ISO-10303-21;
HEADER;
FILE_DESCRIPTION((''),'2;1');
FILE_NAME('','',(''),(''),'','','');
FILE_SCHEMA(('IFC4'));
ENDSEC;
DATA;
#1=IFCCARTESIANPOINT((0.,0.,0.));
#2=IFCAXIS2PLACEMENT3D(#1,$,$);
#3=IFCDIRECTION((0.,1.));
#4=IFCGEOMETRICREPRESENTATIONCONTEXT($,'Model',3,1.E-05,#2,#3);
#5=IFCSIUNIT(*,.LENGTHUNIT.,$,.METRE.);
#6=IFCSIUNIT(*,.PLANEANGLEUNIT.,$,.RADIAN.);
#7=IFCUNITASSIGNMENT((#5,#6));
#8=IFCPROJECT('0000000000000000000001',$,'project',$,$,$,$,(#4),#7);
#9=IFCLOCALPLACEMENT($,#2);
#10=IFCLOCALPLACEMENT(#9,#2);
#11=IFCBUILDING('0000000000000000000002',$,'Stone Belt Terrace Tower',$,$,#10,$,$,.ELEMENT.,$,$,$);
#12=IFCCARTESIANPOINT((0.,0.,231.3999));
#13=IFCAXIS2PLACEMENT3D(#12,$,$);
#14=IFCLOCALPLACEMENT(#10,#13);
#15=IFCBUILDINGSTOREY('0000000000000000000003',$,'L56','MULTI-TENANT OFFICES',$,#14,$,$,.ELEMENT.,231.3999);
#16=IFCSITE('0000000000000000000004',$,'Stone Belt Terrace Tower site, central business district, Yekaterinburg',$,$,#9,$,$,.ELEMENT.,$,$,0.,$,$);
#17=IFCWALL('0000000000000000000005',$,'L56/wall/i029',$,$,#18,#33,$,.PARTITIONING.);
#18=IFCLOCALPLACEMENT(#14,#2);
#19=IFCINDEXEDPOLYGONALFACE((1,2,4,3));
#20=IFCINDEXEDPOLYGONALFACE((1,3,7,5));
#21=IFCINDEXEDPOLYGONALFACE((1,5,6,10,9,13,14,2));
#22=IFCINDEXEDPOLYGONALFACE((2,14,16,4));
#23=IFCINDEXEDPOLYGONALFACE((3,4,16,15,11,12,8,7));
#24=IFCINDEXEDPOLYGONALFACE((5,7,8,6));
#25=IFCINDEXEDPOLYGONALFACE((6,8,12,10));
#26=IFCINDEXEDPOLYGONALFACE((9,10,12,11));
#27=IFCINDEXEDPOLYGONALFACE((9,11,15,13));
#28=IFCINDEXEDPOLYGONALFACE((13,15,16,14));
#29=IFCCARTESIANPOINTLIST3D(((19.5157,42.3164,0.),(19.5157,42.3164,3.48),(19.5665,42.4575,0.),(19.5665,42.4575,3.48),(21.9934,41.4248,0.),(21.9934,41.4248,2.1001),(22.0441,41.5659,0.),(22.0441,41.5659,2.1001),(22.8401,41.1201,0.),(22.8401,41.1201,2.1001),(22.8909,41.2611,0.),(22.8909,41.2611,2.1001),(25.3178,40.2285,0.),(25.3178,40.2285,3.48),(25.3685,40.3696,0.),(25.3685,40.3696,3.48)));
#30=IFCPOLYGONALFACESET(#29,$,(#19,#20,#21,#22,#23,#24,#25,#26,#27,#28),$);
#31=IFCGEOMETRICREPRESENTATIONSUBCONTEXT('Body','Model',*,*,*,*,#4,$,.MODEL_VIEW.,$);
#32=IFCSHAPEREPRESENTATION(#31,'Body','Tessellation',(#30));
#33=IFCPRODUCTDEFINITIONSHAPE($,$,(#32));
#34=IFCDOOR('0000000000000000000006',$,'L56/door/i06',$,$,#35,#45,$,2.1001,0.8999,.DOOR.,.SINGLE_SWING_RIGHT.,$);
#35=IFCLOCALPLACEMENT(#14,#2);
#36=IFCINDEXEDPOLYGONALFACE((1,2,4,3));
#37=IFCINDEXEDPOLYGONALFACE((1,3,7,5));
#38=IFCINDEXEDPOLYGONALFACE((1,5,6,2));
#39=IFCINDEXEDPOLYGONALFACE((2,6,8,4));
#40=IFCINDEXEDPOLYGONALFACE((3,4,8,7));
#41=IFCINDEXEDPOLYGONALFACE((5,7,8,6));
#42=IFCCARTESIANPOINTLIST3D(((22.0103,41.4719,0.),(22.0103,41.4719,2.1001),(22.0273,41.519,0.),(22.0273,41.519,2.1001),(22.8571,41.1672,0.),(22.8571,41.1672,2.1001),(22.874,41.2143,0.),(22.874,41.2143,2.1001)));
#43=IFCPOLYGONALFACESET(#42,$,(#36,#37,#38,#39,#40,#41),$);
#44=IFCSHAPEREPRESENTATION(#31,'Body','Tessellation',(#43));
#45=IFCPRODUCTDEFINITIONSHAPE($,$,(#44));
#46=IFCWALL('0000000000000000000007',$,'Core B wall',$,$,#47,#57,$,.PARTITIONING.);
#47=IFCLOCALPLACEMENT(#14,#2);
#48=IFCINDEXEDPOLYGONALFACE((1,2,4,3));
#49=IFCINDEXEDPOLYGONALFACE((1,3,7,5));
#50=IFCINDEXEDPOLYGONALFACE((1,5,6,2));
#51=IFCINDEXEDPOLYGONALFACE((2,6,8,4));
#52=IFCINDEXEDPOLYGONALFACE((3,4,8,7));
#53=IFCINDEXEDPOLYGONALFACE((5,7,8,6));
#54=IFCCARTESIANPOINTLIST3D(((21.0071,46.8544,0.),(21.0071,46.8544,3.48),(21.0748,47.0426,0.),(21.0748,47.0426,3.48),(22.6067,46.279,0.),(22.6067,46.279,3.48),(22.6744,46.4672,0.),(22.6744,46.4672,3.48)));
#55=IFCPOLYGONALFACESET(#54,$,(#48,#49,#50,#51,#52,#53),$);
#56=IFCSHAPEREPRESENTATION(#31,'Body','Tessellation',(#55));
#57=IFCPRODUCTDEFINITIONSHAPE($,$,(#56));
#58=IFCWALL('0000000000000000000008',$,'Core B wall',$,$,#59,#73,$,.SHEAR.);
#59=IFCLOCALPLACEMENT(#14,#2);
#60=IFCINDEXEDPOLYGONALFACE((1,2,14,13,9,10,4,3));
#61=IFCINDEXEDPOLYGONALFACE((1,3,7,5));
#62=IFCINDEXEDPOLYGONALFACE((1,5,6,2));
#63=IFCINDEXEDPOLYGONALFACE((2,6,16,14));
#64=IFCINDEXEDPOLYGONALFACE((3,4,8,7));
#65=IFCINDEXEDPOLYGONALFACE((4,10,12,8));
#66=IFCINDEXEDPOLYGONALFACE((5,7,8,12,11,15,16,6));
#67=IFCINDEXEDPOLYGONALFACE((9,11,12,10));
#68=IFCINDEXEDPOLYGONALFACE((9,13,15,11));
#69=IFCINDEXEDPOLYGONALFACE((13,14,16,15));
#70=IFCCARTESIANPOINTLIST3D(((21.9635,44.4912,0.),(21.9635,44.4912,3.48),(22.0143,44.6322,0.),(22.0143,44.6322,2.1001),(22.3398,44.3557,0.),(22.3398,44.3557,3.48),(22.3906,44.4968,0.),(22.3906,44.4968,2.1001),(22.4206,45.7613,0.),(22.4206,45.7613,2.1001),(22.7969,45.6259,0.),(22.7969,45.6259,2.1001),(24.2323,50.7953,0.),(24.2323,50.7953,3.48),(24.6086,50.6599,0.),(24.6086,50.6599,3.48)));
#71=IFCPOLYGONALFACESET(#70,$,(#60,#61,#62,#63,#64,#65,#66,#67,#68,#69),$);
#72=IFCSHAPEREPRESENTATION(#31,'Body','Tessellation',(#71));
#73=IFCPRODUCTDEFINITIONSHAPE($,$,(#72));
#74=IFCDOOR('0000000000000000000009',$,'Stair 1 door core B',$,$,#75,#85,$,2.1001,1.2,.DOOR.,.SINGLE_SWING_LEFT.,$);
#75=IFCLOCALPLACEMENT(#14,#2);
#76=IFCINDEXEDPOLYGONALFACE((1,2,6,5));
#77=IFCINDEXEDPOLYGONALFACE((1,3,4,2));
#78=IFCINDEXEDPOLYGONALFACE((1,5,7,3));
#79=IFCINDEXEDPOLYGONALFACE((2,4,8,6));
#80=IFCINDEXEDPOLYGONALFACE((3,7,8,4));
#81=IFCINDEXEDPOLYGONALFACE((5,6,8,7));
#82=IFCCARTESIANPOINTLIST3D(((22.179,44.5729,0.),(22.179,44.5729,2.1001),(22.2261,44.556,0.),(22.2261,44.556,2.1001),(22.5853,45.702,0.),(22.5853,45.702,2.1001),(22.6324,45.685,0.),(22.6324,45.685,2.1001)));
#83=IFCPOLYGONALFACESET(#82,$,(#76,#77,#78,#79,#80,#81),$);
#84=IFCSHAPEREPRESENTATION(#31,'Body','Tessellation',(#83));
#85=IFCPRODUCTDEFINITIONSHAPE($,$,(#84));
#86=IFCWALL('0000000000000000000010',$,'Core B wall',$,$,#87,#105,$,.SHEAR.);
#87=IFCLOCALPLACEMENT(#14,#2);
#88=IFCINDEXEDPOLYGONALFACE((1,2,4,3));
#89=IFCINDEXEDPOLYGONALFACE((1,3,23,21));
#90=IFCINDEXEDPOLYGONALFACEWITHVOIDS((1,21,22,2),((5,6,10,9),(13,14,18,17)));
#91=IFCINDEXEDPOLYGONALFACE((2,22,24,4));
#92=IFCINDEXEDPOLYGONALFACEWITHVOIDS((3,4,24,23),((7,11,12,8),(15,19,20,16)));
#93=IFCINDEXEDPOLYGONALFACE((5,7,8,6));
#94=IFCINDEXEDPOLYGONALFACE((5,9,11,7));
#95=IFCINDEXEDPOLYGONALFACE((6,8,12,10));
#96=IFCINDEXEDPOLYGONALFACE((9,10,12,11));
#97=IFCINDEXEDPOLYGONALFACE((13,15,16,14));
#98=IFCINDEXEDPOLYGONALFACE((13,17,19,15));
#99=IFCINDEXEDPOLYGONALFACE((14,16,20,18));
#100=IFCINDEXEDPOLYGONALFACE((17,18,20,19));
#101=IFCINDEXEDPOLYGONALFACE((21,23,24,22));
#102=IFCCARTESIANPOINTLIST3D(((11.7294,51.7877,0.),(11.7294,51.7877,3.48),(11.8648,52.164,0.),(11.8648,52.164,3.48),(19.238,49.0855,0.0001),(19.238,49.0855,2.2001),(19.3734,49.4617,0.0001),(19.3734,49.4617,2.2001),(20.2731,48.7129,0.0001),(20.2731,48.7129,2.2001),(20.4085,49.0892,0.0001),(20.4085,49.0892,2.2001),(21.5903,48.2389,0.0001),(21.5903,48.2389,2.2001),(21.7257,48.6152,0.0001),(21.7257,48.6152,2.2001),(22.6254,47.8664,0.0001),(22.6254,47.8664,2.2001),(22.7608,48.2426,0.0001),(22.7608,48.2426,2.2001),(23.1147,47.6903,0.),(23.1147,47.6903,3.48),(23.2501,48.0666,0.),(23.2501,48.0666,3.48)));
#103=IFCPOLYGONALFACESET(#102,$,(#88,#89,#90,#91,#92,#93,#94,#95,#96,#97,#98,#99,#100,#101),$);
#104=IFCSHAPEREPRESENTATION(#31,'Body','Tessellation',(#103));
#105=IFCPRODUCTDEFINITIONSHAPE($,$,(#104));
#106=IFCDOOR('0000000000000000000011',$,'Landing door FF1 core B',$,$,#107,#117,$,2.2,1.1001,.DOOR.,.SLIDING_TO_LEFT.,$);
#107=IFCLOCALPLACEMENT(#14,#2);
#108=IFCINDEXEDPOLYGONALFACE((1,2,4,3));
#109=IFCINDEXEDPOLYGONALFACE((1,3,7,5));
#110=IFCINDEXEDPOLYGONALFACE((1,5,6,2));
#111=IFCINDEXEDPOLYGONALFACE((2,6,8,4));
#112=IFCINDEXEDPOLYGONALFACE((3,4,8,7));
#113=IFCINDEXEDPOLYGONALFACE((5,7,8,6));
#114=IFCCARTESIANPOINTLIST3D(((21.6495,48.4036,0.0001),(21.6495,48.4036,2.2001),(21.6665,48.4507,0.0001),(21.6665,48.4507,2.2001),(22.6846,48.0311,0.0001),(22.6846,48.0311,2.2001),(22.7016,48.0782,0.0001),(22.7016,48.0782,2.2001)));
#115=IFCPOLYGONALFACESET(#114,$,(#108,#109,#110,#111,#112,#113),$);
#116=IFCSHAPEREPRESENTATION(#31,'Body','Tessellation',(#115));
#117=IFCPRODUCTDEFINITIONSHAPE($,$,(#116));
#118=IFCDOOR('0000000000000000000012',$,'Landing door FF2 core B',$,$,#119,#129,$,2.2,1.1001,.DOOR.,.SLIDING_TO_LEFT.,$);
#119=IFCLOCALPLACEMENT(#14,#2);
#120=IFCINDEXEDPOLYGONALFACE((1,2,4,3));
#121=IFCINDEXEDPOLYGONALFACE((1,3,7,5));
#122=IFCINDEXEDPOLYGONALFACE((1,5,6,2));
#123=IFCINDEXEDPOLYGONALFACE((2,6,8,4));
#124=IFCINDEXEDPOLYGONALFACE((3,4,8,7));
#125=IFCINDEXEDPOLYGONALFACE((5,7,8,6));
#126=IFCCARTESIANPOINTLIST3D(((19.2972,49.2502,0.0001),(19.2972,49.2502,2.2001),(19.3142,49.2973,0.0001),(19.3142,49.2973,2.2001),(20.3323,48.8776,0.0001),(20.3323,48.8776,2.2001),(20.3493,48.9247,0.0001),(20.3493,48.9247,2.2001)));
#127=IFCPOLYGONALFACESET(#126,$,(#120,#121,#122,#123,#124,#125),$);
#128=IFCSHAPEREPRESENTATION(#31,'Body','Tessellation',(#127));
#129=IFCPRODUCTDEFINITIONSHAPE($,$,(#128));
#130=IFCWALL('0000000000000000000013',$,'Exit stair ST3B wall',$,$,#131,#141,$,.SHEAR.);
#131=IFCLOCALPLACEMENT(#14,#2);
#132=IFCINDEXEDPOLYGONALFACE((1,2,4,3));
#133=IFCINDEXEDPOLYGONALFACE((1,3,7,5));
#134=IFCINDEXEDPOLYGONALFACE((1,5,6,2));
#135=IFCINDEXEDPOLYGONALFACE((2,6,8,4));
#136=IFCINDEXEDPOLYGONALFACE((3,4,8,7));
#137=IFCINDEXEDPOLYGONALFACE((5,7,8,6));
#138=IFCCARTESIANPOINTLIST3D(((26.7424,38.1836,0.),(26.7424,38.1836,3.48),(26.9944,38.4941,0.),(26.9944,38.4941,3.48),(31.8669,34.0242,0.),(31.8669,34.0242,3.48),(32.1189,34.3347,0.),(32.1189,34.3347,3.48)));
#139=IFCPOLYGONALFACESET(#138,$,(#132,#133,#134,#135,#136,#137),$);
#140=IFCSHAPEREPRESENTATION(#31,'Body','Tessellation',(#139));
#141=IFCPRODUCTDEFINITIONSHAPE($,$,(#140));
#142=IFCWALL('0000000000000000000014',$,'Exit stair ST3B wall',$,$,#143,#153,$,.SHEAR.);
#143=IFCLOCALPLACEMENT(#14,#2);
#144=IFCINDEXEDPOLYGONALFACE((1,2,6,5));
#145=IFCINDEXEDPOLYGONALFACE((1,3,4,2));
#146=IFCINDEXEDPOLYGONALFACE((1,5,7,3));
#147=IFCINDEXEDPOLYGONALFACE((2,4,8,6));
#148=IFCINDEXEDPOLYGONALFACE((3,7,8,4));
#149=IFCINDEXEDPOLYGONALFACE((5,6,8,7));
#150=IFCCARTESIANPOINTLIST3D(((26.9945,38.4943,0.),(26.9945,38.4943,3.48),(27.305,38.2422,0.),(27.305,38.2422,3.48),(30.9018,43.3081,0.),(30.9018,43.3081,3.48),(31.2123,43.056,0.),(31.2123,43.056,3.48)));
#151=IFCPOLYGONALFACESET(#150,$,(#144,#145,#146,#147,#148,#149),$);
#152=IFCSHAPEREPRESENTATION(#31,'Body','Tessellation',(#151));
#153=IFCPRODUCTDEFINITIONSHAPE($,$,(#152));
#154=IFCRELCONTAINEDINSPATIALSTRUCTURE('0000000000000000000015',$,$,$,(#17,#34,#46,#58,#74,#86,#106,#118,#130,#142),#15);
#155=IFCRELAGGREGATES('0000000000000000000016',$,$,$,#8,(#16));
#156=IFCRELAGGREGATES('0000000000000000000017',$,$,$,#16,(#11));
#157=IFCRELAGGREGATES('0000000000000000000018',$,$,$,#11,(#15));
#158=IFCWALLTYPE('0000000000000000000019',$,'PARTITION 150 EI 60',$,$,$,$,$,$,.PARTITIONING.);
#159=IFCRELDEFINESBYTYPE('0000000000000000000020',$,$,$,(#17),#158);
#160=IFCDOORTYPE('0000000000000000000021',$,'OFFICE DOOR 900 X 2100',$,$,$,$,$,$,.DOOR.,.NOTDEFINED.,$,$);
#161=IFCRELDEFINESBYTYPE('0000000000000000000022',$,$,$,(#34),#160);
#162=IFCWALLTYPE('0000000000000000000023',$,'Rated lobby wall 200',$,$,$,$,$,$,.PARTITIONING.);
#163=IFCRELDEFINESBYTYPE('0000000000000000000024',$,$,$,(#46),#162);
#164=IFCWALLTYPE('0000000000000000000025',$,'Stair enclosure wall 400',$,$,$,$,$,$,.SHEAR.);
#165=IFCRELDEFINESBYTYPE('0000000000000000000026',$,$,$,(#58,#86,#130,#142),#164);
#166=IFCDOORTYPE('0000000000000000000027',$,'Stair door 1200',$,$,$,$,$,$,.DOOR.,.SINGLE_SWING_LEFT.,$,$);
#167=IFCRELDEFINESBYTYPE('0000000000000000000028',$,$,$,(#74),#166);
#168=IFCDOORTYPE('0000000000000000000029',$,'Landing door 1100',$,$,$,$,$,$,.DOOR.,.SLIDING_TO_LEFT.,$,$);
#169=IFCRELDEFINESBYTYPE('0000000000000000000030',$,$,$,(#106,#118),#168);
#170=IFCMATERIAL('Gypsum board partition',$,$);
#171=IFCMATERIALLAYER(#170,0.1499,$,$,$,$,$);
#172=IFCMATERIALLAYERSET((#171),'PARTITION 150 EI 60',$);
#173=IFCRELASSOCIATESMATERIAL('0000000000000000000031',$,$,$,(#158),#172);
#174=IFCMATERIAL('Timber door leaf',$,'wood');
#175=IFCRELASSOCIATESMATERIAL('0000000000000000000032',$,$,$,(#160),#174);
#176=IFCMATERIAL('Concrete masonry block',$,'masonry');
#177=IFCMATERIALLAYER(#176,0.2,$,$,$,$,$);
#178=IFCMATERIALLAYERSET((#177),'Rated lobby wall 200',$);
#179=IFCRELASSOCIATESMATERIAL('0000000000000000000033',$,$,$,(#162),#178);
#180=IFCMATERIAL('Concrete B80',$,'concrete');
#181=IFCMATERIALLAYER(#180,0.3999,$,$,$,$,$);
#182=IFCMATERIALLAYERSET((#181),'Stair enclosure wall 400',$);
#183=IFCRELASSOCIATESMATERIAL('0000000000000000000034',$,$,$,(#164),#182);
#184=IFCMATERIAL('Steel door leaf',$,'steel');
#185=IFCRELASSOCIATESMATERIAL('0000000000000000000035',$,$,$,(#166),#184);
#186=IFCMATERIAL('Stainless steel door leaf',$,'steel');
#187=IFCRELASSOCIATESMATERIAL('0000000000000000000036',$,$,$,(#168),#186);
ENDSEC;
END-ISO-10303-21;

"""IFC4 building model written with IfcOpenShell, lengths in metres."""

from ifc_helpers import new_model, si_unit, direction, frame, frame_2d, origin, place, context, subcontext, project, spatial, rectangle, extrude, material, layer, layer_set, type_object, element, fill, save


model = new_model("IFC4")

# Units and contexts
model_context = context("Model", 3, precision=1e-05, world=origin(), true_north=direction((0.0, 1.0)))
body_context = subcontext(model_context, "Body", "Model", "MODEL_VIEW")
ifc_project = project(units=[si_unit("LENGTHUNIT", "METRE"), si_unit("PLANEANGLEUNIT", "RADIAN")], contexts=[model_context])

# Site, building, storey
site_placement = place(None, origin())
site = spatial("IfcSite", under=ifc_project, at=site_placement, Name="Stone Belt Terrace Tower site, central business district, Yekaterinburg", CompositionType="ELEMENT", RefElevation=0.0)
building_placement = place(site_placement, origin())
building = spatial("IfcBuilding", under=site, at=building_placement, Name="Stone Belt Terrace Tower", CompositionType="ELEMENT")
storey_placement = place(building_placement, frame((0.0, 0.0, 231.3999)))
storey = spatial("IfcBuildingStorey", under=building, at=storey_placement, Name="L56", Description="MULTI-TENANT OFFICES", CompositionType="ELEMENT", Elevation=231.3999)

# Shared definitions
ifc_material_1 = material(Name="Timber door leaf", Category="wood")

# Shared definitions
ifc_material_2 = material(Name="Concrete B80", Category="concrete")
ifc_material_3 = material(Name="Gypsum board partition")
ifc_layer_1 = layer(ifc_material_3, 0.1499)
ifc_layer_set_1 = layer_set([ifc_layer_1], Name="PARTITION 150 EI 60")
wall_type_1 = type_object("IfcWallType", Name="PARTITION 150 EI 60", PredefinedType="PARTITIONING", material=ifc_layer_set_1)

# Wall, opening, door
wall_1_placement = place(storey_placement, frame((25.343, 40.2991, 0.0), z_axis=(0.0, 0.0, 1.0), x_axis=(-0.94093, 0.3386, 0.0)))
wall_1 = element("IfcWall", 1, at=wall_1_placement, inside=storey, type_object=wall_type_1, Name="L56/wall/i029", PredefinedType="PARTITIONING", context=body_context, shape_type="SweptSolid", body=[
    extrude(rectangle(XDim=6.1663, YDim=0.1499, at=frame_2d((3.083, 0.0))), origin(), (0.0, 0.0, 1.0), 3.48),
])
opening_1_placement = place(wall_1_placement, frame((2.6331, 0.0, 0.0)))
opening_1 = element("IfcOpeningElement", 2, at=opening_1_placement, cuts=wall_1, PredefinedType="OPENING", context=body_context, shape_type="SweptSolid", body=[
    extrude(rectangle(XDim=0.8999, YDim=2.1001, at=frame_2d((0.45, 1.05))), frame((0.0, 0.085, 0.0), z_axis=(0.0, -1.0, 0.0), x_axis=(1.0, 0.0, 0.0)), (0.0, 0.0, 1.0), 0.1699),
])
door_type_1 = type_object("IfcDoorType", Name="OFFICE DOOR 900 X 2100", OperationType="NOTDEFINED", PredefinedType="DOOR", material=ifc_material_1)
door_1_placement = place(opening_1_placement, origin())
door_1 = element("IfcDoor", 3, at=door_1_placement, inside=storey, type_object=door_type_1, Name="L56/door/i06", OperationType="SINGLE_SWING_RIGHT", OverallHeight=2.1001, OverallWidth=0.8999, PredefinedType="DOOR", context=body_context, shape_type="SweptSolid", body=[
    extrude(rectangle(XDim=0.8999, YDim=2.1001, at=frame_2d((0.45, 1.05))), frame((0.0, 0.0249, 0.0), z_axis=(0.0, -1.0, 0.0), x_axis=(1.0, 0.0, 0.0)), (0.0, 0.0, 1.0), 0.05),
])
fill(opening_1, door_1)

# Wall
ifc_material_4 = material(Name="Concrete masonry block", Category="masonry")
ifc_layer_2 = layer(ifc_material_4, 0.2)
ifc_layer_set_2 = layer_set([ifc_layer_2], Name="Rated lobby wall 200")
wall_type_2 = type_object("IfcWallType", Name="Rated lobby wall 200", PredefinedType="PARTITIONING", material=ifc_layer_set_2)
wall_2_placement = place(storey_placement, frame((22.6406, 46.373, 0.0), z_axis=(0.0, 0.0, 1.0), x_axis=(-0.940966, 0.338501, 0.0)))
element("IfcWall", 4, at=wall_2_placement, inside=storey, type_object=wall_type_2, Name="Core B wall", PredefinedType="PARTITIONING", context=body_context, shape_type="SweptSolid", body=[
    extrude(rectangle(XDim=1.7, YDim=0.2, at=frame_2d((0.8501, 0.0))), origin(), (0.0, 0.0, 1.0), 3.48),
])

# Wall, opening, door
ifc_layer_3 = layer(ifc_material_2, 0.3999)
ifc_layer_set_3 = layer_set([ifc_layer_3], Name="Stair enclosure wall 400")
wall_type_3 = type_object("IfcWallType", Name="Stair enclosure wall 400", PredefinedType="SHEAR", material=ifc_layer_set_3)
wall_3_placement = place(storey_placement, frame((22.1516, 44.4233, 0.0), z_axis=(0.0, 0.0, 1.0), x_axis=(0.338625, 0.940921, 0.0)))
wall_3 = element("IfcWall", 5, at=wall_3_placement, inside=storey, type_object=wall_type_3, Name="Core B wall", PredefinedType="SHEAR", context=body_context, shape_type="SweptSolid", body=[
    extrude(rectangle(XDim=6.7, YDim=0.3999, at=frame_2d((3.3501, 0.0))), origin(), (0.0, 0.0, 1.0), 3.48),
])
opening_2_placement = place(wall_3_placement, frame((0.1499, 0.0, 0.0)))
opening_2 = element("IfcOpeningElement", 6, at=opening_2_placement, cuts=wall_3, PredefinedType="OPENING", context=body_context, shape_type="SweptSolid", body=[
    extrude(rectangle(XDim=1.2, YDim=2.1001, at=frame_2d((0.6001, 1.05))), frame((0.0, 0.21, 0.0), z_axis=(0.0, -1.0, 0.0), x_axis=(1.0, 0.0, 0.0)), (0.0, 0.0, 1.0), 0.4199),
])
ifc_material_5 = material(Name="Steel door leaf", Category="steel")
door_type_2 = type_object("IfcDoorType", Name="Stair door 1200", OperationType="SINGLE_SWING_LEFT", PredefinedType="DOOR", material=ifc_material_5)
door_2_placement = place(opening_2_placement, origin())
door_2 = element("IfcDoor", 7, at=door_2_placement, inside=storey, type_object=door_type_2, Name="Stair 1 door core B", OperationType="SINGLE_SWING_LEFT", OverallHeight=2.1001, OverallWidth=1.2, PredefinedType="DOOR", context=body_context, shape_type="SweptSolid", body=[
    extrude(rectangle(XDim=1.2, YDim=2.1001, at=frame_2d((0.6001, 1.05))), frame((0.0, 0.0249, 0.0), z_axis=(0.0, -1.0, 0.0), x_axis=(1.0, 0.0, 0.0)), (0.0, 0.0, 1.0), 0.05),
])
fill(opening_2, door_2)

# Wall, openings, doors
wall_4_placement = place(storey_placement, frame((23.1824, 47.8784, 0.0), z_axis=(0.0, 0.0, 1.0), x_axis=(-0.940921, 0.338626, 0.0)))
wall_4 = element("IfcWall", 8, at=wall_4_placement, inside=storey, type_object=wall_type_3, Name="Core B wall", PredefinedType="SHEAR", context=body_context, shape_type="SweptSolid", body=[
    extrude(rectangle(XDim=12.1001, YDim=0.3999, at=frame_2d((6.05, 0.0))), origin(), (0.0, 0.0, 1.0), 3.48),
])
opening_3_placement = place(wall_4_placement, frame((0.52, 0.0, 0.0)))
opening_3 = element("IfcOpeningElement", 9, at=opening_3_placement, cuts=wall_4, PredefinedType="OPENING", context=body_context, shape_type="SweptSolid", body=[
    extrude(rectangle(XDim=1.1001, YDim=2.2, at=frame_2d((0.55, 1.1001))), frame((0.0, 0.21, 0.0), z_axis=(0.0, -1.0, 0.0), x_axis=(1.0, 0.0, 0.0)), (0.0, 0.0, 1.0), 0.4199),
])
opening_4_placement = place(wall_4_placement, frame((3.02, 0.0, 0.0)))
opening_4 = element("IfcOpeningElement", 10, at=opening_4_placement, cuts=wall_4, PredefinedType="OPENING", context=body_context, shape_type="SweptSolid", body=[
    extrude(rectangle(XDim=1.1001, YDim=2.2, at=frame_2d((0.55, 1.1001))), frame((0.0, 0.21, 0.0), z_axis=(0.0, -1.0, 0.0), x_axis=(1.0, 0.0, 0.0)), (0.0, 0.0, 1.0), 0.4199),
])
ifc_material_6 = material(Name="Stainless steel door leaf", Category="steel")
door_type_3 = type_object("IfcDoorType", Name="Landing door 1100", OperationType="SLIDING_TO_LEFT", PredefinedType="DOOR", material=ifc_material_6)
door_3_placement = place(opening_3_placement, origin())
door_3 = element("IfcDoor", 11, at=door_3_placement, inside=storey, type_object=door_type_3, Name="Landing door FF1 core B", OperationType="SLIDING_TO_LEFT", OverallHeight=2.2, OverallWidth=1.1001, PredefinedType="DOOR", context=body_context, shape_type="SweptSolid", body=[
    extrude(rectangle(XDim=1.1001, YDim=2.2, at=frame_2d((0.55, 1.1001))), frame((0.0, 0.0249, 0.0), z_axis=(0.0, -1.0, 0.0), x_axis=(1.0, 0.0, 0.0)), (0.0, 0.0, 1.0), 0.05),
])
fill(opening_3, door_3)
door_4_placement = place(opening_4_placement, origin())
door_4 = element("IfcDoor", 12, at=door_4_placement, inside=storey, type_object=door_type_3, Name="Landing door FF2 core B", OperationType="SLIDING_TO_LEFT", OverallHeight=2.2, OverallWidth=1.1001, PredefinedType="DOOR", context=body_context, shape_type="SweptSolid", body=[
    extrude(rectangle(XDim=1.1001, YDim=2.2, at=frame_2d((0.55, 1.1001))), frame((0.0, 0.0249, 0.0), z_axis=(0.0, -1.0, 0.0), x_axis=(1.0, 0.0, 0.0)), (0.0, 0.0, 1.0), 0.05),
])
fill(opening_4, door_4)

# Walls
wall_5_placement = place(storey_placement, frame((26.8684, 38.3389, 0.0), z_axis=(0.0, 0.0, 1.0), x_axis=(0.776428, -0.630205, 0.0)))
element("IfcWall", 13, at=wall_5_placement, inside=storey, type_object=wall_type_3, Name="Exit stair ST3B wall", PredefinedType="SHEAR", context=body_context, shape_type="SweptSolid", body=[
    extrude(rectangle(XDim=6.6001, YDim=0.3999, at=frame_2d((3.3, 0.0))), origin(), (0.0, 0.0, 1.0), 3.48),
])
wall_6_placement = place(storey_placement, frame((27.1497, 38.3682, 0.0), z_axis=(0.0, 0.0, 1.0), x_axis=(0.630212, 0.776423, 0.0)))
element("IfcWall", 14, at=wall_6_placement, inside=storey, type_object=wall_type_3, Name="Exit stair ST3B wall", PredefinedType="SHEAR", context=body_context, shape_type="SweptSolid", body=[
    extrude(rectangle(XDim=6.2, YDim=0.3999, at=frame_2d((3.1001, 0.0))), origin(), (0.0, 0.0, 1.0), 3.48),
])

save(model, "model.ifc")
